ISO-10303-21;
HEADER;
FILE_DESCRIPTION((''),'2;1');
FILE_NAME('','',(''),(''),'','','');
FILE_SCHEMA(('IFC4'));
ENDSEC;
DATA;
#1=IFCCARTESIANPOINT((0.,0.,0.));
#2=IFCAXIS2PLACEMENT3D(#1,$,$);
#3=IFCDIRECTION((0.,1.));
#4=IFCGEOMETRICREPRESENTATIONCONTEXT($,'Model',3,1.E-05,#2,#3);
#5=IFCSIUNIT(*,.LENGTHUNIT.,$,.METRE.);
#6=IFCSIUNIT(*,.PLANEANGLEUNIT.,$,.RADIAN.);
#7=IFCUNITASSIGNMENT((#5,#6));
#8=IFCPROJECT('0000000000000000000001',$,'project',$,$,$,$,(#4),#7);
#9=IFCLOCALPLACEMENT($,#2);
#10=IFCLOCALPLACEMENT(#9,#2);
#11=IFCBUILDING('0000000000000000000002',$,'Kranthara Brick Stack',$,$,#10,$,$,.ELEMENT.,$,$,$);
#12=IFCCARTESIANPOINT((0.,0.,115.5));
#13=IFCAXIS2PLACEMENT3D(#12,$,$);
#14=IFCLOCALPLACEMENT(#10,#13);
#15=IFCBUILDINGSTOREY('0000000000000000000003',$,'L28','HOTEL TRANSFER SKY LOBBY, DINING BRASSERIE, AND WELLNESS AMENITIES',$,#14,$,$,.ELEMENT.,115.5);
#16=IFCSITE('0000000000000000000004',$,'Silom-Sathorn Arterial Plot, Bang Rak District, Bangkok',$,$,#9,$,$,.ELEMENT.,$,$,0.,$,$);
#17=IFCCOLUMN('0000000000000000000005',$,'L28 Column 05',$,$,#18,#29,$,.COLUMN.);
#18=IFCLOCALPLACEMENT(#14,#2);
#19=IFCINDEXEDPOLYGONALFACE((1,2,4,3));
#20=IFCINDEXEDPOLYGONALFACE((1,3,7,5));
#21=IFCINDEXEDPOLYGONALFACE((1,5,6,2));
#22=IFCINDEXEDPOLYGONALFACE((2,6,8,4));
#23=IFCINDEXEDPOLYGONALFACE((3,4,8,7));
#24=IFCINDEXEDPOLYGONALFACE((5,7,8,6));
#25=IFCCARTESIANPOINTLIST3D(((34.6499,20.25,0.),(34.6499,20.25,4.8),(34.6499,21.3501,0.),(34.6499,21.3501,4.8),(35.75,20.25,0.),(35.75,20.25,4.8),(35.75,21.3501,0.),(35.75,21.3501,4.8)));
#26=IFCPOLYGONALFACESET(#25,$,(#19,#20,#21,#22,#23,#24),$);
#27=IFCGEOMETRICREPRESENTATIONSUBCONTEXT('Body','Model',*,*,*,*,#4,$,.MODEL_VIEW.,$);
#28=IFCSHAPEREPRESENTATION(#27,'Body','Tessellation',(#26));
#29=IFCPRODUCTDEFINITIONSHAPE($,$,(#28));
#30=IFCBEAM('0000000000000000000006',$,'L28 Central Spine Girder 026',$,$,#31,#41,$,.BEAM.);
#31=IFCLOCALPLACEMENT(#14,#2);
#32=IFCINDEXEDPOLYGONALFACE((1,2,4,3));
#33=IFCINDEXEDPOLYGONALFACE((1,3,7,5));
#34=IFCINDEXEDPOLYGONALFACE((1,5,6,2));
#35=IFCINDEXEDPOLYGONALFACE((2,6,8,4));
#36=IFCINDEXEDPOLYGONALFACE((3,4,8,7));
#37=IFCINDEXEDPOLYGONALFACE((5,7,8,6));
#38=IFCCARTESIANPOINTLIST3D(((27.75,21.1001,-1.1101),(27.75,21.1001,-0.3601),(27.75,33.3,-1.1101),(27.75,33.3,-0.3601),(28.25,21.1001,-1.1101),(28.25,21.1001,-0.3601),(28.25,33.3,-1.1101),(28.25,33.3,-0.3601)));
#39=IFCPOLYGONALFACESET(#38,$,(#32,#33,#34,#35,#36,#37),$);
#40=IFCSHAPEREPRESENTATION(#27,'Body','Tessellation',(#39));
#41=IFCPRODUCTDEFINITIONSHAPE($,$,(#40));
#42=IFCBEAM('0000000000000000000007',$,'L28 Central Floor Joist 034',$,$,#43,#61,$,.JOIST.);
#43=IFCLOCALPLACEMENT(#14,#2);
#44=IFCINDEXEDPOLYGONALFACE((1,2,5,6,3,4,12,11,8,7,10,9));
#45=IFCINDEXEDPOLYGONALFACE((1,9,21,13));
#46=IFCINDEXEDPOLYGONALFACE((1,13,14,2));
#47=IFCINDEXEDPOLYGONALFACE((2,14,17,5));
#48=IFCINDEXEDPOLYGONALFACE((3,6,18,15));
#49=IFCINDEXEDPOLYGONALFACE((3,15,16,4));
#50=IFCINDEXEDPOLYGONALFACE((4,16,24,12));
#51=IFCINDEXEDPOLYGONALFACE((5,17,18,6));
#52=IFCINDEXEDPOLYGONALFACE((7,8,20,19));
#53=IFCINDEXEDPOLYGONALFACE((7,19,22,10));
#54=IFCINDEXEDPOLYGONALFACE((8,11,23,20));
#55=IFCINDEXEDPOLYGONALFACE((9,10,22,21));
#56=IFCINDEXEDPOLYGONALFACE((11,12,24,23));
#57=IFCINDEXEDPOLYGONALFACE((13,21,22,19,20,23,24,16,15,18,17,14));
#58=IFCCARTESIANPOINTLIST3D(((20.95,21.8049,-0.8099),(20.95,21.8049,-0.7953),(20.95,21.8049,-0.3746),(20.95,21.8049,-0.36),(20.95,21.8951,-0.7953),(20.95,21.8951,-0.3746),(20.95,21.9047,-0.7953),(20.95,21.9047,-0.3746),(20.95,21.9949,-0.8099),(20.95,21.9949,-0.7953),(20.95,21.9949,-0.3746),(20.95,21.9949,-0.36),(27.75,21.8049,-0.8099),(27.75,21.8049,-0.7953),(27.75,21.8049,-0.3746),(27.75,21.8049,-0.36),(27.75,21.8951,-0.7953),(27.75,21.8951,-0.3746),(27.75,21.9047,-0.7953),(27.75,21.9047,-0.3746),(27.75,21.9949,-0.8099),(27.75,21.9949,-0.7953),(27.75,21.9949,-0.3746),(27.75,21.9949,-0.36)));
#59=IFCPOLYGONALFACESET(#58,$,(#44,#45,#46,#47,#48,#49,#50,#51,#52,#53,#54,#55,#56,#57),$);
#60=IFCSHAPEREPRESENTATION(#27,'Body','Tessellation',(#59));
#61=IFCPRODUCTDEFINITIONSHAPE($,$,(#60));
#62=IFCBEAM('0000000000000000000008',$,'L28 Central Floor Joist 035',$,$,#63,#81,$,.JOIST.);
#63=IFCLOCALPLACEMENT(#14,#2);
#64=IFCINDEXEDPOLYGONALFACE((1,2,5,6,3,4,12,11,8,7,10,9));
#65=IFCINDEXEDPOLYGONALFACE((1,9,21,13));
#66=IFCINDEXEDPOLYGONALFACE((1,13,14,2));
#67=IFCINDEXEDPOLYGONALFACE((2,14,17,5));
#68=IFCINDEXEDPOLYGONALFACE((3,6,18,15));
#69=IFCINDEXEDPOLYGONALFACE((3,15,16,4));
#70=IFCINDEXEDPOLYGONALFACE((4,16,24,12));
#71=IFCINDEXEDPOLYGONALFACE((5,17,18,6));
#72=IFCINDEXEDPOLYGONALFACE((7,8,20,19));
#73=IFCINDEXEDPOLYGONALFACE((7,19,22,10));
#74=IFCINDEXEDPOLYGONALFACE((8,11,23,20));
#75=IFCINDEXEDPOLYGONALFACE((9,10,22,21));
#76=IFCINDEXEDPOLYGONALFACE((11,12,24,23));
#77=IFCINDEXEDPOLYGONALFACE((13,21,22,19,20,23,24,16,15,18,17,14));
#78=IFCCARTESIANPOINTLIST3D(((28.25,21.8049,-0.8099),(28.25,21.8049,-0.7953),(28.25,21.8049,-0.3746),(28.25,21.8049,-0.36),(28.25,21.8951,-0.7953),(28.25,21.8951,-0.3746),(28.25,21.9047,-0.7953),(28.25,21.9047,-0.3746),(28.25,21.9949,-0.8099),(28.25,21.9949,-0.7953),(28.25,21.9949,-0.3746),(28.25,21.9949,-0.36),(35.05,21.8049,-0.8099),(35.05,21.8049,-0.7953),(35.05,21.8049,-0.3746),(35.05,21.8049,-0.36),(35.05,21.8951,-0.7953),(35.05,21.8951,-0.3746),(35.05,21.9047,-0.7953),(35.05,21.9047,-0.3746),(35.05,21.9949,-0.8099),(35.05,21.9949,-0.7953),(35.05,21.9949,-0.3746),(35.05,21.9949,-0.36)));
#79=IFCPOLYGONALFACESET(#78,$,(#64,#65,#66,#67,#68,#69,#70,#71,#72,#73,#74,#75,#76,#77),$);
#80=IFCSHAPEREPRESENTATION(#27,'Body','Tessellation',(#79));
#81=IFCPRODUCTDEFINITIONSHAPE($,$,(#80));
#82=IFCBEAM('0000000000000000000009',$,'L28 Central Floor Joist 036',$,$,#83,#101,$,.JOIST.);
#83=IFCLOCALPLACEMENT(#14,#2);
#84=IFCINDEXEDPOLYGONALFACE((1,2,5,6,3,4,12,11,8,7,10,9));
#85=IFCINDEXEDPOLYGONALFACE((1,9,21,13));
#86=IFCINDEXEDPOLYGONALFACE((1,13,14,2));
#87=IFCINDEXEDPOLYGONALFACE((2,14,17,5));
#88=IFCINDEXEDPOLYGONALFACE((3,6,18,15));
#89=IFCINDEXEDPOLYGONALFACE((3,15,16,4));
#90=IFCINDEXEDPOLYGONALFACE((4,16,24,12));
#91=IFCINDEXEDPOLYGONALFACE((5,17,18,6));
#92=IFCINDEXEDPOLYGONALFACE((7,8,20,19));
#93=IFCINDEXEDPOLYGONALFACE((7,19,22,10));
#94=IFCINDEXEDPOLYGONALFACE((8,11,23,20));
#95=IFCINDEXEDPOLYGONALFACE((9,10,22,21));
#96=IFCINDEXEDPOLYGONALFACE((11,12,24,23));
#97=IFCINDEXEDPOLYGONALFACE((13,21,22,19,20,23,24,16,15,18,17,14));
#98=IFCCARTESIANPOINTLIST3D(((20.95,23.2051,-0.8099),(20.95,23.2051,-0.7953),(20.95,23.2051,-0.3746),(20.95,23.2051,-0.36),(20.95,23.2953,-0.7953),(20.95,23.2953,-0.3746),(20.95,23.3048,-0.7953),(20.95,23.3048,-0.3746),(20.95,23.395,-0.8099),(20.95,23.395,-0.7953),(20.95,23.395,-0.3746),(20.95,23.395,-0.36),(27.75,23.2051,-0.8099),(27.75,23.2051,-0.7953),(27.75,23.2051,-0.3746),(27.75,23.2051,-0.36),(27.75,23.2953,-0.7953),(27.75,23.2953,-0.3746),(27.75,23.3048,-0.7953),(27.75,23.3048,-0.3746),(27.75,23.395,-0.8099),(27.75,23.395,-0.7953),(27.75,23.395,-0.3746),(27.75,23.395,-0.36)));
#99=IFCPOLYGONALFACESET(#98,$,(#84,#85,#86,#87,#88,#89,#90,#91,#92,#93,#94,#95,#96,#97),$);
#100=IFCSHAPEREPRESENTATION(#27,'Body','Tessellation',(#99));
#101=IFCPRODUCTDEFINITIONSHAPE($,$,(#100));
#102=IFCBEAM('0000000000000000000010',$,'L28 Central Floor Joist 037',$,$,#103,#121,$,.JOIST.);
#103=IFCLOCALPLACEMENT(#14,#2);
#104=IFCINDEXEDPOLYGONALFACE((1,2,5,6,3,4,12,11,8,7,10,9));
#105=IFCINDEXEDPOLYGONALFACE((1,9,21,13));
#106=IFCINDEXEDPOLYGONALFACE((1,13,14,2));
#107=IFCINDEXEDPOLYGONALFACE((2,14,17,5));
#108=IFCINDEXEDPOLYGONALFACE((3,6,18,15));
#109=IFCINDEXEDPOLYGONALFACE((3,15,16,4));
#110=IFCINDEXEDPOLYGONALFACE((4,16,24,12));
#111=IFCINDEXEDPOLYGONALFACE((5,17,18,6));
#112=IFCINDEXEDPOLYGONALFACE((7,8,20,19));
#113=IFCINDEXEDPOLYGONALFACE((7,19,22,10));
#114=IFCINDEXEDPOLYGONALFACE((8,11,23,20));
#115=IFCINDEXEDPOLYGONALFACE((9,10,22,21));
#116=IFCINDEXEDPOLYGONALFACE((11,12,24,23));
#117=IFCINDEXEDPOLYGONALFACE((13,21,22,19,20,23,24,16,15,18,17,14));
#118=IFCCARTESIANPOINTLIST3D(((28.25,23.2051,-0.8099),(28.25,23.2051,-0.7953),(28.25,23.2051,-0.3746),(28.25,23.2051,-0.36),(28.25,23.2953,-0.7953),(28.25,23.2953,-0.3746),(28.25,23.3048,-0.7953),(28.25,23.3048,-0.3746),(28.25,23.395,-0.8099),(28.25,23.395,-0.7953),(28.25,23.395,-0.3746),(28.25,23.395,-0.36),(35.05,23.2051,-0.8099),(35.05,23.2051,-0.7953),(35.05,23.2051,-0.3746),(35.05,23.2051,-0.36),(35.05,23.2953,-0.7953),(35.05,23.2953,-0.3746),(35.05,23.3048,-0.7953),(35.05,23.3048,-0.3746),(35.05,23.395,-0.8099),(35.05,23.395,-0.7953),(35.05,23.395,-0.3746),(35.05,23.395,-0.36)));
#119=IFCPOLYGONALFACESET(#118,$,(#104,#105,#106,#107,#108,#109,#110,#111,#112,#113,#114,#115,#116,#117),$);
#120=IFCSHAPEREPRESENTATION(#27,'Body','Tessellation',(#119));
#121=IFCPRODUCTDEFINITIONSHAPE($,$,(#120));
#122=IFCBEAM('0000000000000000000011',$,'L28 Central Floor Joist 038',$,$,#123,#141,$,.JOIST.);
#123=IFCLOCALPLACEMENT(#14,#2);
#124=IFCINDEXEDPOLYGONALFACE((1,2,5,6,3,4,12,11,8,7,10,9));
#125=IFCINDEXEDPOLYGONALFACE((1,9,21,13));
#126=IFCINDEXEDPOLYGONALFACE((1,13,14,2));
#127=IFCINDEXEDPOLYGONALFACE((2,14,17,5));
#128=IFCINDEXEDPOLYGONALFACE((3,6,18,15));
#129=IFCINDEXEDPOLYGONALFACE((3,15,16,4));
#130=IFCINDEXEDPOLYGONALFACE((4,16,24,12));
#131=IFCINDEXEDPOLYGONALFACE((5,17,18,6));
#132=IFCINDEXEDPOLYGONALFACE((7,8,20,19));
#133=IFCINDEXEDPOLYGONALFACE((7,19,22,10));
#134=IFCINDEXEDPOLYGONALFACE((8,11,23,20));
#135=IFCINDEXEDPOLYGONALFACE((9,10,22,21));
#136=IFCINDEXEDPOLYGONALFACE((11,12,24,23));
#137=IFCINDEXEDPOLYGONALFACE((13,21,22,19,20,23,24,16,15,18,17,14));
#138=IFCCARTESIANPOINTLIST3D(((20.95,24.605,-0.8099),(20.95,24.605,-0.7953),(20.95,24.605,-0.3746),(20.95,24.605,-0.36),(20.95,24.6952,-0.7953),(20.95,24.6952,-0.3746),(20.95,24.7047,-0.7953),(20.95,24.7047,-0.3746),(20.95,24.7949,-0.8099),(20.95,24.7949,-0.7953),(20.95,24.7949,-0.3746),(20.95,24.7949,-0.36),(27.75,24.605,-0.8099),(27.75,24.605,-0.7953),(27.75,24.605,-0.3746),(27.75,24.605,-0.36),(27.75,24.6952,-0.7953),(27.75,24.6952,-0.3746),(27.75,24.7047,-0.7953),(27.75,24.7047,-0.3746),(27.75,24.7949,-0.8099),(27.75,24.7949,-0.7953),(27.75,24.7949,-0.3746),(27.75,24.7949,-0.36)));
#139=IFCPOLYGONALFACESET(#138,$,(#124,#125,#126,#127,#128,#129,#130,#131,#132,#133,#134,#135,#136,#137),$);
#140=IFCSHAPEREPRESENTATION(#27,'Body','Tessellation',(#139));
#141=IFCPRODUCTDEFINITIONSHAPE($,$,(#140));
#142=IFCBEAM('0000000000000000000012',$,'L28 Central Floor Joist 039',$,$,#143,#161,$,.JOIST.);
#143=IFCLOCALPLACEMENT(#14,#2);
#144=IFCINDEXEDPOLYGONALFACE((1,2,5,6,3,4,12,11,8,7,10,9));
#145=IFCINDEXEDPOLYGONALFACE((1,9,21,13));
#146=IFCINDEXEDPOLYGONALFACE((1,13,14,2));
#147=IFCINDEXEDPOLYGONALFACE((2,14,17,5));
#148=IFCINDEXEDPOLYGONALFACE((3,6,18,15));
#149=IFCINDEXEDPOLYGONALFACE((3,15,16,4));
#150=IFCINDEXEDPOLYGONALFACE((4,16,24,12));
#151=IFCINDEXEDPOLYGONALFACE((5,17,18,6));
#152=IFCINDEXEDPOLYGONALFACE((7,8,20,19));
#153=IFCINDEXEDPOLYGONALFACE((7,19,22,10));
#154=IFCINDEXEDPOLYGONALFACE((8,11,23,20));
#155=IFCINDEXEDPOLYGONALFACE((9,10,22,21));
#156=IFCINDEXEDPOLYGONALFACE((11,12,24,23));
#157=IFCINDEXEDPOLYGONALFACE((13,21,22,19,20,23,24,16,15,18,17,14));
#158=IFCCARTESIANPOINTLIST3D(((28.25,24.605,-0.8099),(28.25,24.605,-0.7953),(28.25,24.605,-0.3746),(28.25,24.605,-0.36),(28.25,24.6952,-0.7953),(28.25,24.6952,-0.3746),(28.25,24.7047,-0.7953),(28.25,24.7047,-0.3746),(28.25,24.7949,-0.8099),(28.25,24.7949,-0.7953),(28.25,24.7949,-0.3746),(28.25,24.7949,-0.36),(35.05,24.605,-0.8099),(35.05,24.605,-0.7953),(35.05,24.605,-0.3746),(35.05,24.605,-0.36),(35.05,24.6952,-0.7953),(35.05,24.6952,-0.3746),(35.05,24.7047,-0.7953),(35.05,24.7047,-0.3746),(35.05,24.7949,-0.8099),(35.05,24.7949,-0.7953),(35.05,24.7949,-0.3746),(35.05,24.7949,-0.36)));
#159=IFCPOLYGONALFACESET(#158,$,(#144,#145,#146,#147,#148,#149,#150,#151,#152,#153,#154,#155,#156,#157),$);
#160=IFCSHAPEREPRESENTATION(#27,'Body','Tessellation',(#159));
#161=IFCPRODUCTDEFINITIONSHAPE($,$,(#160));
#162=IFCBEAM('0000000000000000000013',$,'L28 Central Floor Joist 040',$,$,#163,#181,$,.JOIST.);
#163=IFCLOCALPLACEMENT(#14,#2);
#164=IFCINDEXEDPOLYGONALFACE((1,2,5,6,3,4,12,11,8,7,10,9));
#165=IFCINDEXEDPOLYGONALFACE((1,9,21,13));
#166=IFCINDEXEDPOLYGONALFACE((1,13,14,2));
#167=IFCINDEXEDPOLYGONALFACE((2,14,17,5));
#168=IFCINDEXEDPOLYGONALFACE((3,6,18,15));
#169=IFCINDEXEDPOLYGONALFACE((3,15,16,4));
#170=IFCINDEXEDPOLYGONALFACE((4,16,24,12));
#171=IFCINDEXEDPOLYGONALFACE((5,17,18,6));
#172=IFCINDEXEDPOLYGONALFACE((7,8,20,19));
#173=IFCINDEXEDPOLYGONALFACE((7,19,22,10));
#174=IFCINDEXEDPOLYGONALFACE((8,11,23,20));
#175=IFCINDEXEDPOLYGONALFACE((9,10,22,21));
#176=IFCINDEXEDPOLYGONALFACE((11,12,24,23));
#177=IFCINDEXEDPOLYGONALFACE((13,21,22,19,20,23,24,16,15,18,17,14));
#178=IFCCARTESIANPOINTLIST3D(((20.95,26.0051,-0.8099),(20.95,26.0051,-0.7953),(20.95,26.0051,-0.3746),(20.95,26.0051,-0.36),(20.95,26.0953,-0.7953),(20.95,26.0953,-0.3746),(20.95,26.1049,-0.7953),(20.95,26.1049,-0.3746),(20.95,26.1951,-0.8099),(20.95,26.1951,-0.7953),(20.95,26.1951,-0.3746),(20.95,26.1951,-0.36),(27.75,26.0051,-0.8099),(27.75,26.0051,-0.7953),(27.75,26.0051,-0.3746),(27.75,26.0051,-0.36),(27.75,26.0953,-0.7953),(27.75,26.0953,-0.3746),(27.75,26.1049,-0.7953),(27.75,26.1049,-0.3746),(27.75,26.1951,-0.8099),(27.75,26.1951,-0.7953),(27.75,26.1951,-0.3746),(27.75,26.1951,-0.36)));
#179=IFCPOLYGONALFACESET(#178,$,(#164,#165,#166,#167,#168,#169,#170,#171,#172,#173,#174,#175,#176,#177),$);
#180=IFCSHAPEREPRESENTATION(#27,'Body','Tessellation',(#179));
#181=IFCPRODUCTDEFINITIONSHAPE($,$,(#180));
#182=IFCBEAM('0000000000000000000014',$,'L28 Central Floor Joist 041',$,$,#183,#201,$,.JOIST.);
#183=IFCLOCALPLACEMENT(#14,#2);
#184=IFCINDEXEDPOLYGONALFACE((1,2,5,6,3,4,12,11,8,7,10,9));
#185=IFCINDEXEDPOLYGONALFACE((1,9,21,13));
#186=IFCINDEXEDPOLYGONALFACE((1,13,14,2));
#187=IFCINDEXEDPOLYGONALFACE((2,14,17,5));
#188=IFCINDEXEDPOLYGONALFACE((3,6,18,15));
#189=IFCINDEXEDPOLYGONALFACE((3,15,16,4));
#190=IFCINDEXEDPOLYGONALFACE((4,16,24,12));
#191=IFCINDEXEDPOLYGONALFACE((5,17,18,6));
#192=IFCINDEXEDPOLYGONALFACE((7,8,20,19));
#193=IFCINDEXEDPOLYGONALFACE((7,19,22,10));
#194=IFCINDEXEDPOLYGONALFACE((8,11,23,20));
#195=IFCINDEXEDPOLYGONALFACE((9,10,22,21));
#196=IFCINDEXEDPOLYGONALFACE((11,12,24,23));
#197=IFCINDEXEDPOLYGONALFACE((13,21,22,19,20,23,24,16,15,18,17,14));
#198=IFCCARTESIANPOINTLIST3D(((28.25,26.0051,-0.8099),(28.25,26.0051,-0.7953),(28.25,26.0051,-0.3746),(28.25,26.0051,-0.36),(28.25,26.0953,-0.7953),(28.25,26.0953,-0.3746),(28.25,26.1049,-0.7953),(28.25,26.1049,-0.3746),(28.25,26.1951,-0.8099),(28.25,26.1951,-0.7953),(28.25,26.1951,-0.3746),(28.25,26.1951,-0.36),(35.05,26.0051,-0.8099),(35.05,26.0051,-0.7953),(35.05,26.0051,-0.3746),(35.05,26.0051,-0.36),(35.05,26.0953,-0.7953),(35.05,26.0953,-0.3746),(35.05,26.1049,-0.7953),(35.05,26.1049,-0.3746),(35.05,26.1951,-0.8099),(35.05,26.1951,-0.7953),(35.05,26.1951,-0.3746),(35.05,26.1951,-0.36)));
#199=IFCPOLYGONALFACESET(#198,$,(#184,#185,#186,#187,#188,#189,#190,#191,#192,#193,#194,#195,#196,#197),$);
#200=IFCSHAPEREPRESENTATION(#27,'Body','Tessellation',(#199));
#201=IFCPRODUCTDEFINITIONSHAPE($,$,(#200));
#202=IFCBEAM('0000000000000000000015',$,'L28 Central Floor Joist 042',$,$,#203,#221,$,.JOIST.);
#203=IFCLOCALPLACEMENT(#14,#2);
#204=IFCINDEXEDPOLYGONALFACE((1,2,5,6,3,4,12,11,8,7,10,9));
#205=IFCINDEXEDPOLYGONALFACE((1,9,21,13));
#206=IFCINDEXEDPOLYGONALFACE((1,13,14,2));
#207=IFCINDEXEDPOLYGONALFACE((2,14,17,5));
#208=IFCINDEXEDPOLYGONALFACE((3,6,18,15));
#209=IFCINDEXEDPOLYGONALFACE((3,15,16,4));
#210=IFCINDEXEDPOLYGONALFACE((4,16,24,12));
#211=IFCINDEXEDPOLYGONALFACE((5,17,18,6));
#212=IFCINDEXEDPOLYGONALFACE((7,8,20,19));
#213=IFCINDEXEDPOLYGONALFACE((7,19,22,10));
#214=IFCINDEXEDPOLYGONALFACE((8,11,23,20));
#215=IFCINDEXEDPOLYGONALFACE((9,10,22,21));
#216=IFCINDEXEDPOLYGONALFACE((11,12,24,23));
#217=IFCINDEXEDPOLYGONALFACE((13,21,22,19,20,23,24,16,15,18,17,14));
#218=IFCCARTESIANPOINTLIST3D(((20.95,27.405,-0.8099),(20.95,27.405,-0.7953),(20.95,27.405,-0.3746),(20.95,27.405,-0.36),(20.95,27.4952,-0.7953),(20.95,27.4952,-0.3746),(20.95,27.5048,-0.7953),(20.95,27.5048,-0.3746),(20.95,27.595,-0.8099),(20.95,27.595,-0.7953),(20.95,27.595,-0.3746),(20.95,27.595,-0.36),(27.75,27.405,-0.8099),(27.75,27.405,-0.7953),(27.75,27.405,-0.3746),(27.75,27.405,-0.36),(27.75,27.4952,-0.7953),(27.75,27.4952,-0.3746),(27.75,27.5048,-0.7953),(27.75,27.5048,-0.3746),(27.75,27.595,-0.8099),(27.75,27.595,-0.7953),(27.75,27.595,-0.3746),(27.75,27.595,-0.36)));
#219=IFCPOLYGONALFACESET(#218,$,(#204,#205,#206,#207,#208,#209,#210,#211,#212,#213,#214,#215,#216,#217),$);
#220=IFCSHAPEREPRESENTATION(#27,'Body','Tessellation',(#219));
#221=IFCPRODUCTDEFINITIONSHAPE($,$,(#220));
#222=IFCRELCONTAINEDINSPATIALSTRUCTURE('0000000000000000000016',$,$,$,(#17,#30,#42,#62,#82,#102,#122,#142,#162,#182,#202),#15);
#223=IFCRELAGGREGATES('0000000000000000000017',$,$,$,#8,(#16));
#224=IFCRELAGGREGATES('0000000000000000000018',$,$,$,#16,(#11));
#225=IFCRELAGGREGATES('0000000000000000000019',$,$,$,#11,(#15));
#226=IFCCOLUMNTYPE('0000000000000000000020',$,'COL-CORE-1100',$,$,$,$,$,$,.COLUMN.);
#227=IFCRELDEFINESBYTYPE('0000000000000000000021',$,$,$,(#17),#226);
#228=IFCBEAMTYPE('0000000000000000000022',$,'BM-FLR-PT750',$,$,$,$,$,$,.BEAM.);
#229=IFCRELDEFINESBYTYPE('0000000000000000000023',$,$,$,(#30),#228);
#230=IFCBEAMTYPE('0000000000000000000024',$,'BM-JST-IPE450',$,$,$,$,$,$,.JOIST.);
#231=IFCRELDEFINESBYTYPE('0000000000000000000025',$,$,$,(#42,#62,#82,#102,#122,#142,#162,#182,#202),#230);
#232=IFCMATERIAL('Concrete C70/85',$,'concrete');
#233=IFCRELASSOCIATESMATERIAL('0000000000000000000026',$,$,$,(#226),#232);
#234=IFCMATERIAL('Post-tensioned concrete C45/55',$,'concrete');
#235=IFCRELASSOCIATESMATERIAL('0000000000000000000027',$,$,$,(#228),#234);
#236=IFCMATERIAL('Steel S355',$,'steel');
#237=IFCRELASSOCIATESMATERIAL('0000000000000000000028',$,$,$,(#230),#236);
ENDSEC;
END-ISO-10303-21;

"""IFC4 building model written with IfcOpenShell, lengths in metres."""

from ifc_helpers import new_model, si_unit, direction, frame, origin, origin_2d, place, context, subcontext, project, spatial, rectangle, i_section, extrude, material, material_profile, profile_set, type_object, element, save


model = new_model("IFC4")

# Units and contexts
model_context = context("Model", 3, precision=1e-05, world=origin(), true_north=direction((0.0, 1.0)))
body_context = subcontext(model_context, "Body", "Model", "MODEL_VIEW")
ifc_project = project(units=[si_unit("LENGTHUNIT", "METRE"), si_unit("PLANEANGLEUNIT", "RADIAN")], contexts=[model_context])

# Site, building, storey
site_placement = place(None, origin())
site = spatial("IfcSite", under=ifc_project, at=site_placement, Name="Silom-Sathorn Arterial Plot, Bang Rak District, Bangkok", CompositionType="ELEMENT", RefElevation=0.0)
building_placement = place(site_placement, origin())
building = spatial("IfcBuilding", under=site, at=building_placement, Name="Kranthara Brick Stack", CompositionType="ELEMENT")
storey_placement = place(building_placement, frame((0.0, 0.0, 115.5)))
storey = spatial("IfcBuildingStorey", under=building, at=storey_placement, Name="L28", Description="HOTEL TRANSFER SKY LOBBY, DINING BRASSERIE, AND WELLNESS AMENITIES", CompositionType="ELEMENT", Elevation=115.5)

# Column
ifc_material_1 = material(Name="Concrete C70/85", Category="concrete")
ifc_material_profile_1 = material_profile(ifc_material_1, rectangle(XDim=1.1001, YDim=1.1001, at=origin_2d()), Name="RC 1100x1100")
ifc_profile_set_1 = profile_set([ifc_material_profile_1], Name="Concrete C70/85")
column_type = type_object("IfcColumnType", Name="COL-CORE-1100", PredefinedType="COLUMN", material=ifc_profile_set_1)
column_placement = place(storey_placement, frame((35.2, 20.8, 0.0), z_axis=(0.0, 0.0, 1.0), x_axis=(1.0, 0.0, 0.0)))
element("IfcColumn", 1, at=column_placement, inside=storey, type_object=column_type, Name="L28 Column 05", PredefinedType="COLUMN", context=body_context, shape_type="SweptSolid", body=[
    extrude(rectangle(XDim=1.1001, YDim=1.1001, at=origin_2d()), origin(), (0.0, 0.0, 1.0), 4.8),
])

# Beams
ifc_material_2 = material(Name="Post-tensioned concrete C45/55", Category="concrete")
ifc_material_profile_2 = material_profile(ifc_material_2, rectangle(XDim=0.5, YDim=0.75, at=origin_2d()), Name="PT 500x750")
ifc_profile_set_2 = profile_set([ifc_material_profile_2], Name="Post-tensioned concrete C45/55")
beam_type_1 = type_object("IfcBeamType", Name="BM-FLR-PT750", PredefinedType="BEAM", material=ifc_profile_set_2)
beam_1_placement = place(storey_placement, frame((28.0, 21.1001, -0.7351), z_axis=(0.0, 1.0, 0.0), x_axis=(-1.0, 0.0, 0.0)))
element("IfcBeam", 2, at=beam_1_placement, inside=storey, type_object=beam_type_1, Name="L28 Central Spine Girder 026", PredefinedType="BEAM", context=body_context, shape_type="SweptSolid", body=[
    extrude(rectangle(XDim=0.5, YDim=0.75, at=origin_2d()), origin(), (0.0, 0.0, 1.0), 12.2),
])
ifc_material_3 = material(Name="Steel S355", Category="steel")
ifc_material_profile_3 = material_profile(ifc_material_3, i_section(OverallWidth=0.1899, OverallDepth=0.45, WebThickness=0.0095, FlangeThickness=0.0146, at=origin_2d()), Name="IPE 450")
ifc_profile_set_3 = profile_set([ifc_material_profile_3], Name="Steel S355")
beam_type_2 = type_object("IfcBeamType", Name="BM-JST-IPE450", PredefinedType="JOIST", material=ifc_profile_set_3)
for number, where, z_axis, x_axis, name in (
    (3, (20.95, 21.8999, -0.585), (1.0, 0.0, 0.0), (0.0, 1.0, 0.0), "L28 Central Floor Joist 034"),
    (4, (28.25, 21.8999, -0.585), (1.0, 0.0, 0.0), (0.0, 1.0, 0.0), "L28 Central Floor Joist 035"),
    (5, (20.95, 23.3, -0.585), (1.0, 0.0, 0.0), (0.0, 1.0, 0.0), "L28 Central Floor Joist 036"),
    (6, (28.25, 23.3, -0.585), (1.0, 0.0, 0.0), (0.0, 1.0, 0.0), "L28 Central Floor Joist 037"),
    (7, (20.95, 24.7, -0.585), (1.0, 0.0, 0.0), (0.0, 1.0, 0.0), "L28 Central Floor Joist 038"),
    (8, (28.25, 24.7, -0.585), (1.0, 0.0, 0.0), (0.0, 1.0, 0.0), "L28 Central Floor Joist 039"),
    (9, (20.95, 26.1001, -0.585), (1.0, 0.0, 0.0), (0.0, 1.0, 0.0), "L28 Central Floor Joist 040"),
    (10, (28.25, 26.1001, -0.585), (1.0, 0.0, 0.0), (0.0, 1.0, 0.0), "L28 Central Floor Joist 041"),
    (11, (20.95, 27.5, -0.585), (1.0, 0.0, 0.0), (0.0, 1.0, 0.0), "L28 Central Floor Joist 042"),
):
    element("IfcBeam", number, at=place(storey_placement, frame(where, z_axis=z_axis, x_axis=x_axis)), inside=storey, type_object=beam_type_2, Name=name, PredefinedType="JOIST", context=body_context, shape_type="SweptSolid", body=[
        extrude(i_section(OverallWidth=0.1899, OverallDepth=0.45, WebThickness=0.0095, FlangeThickness=0.0146, at=origin_2d()), origin(), (0.0, 0.0, 1.0), 6.8),
    ])

save(model, "model.ifc")
